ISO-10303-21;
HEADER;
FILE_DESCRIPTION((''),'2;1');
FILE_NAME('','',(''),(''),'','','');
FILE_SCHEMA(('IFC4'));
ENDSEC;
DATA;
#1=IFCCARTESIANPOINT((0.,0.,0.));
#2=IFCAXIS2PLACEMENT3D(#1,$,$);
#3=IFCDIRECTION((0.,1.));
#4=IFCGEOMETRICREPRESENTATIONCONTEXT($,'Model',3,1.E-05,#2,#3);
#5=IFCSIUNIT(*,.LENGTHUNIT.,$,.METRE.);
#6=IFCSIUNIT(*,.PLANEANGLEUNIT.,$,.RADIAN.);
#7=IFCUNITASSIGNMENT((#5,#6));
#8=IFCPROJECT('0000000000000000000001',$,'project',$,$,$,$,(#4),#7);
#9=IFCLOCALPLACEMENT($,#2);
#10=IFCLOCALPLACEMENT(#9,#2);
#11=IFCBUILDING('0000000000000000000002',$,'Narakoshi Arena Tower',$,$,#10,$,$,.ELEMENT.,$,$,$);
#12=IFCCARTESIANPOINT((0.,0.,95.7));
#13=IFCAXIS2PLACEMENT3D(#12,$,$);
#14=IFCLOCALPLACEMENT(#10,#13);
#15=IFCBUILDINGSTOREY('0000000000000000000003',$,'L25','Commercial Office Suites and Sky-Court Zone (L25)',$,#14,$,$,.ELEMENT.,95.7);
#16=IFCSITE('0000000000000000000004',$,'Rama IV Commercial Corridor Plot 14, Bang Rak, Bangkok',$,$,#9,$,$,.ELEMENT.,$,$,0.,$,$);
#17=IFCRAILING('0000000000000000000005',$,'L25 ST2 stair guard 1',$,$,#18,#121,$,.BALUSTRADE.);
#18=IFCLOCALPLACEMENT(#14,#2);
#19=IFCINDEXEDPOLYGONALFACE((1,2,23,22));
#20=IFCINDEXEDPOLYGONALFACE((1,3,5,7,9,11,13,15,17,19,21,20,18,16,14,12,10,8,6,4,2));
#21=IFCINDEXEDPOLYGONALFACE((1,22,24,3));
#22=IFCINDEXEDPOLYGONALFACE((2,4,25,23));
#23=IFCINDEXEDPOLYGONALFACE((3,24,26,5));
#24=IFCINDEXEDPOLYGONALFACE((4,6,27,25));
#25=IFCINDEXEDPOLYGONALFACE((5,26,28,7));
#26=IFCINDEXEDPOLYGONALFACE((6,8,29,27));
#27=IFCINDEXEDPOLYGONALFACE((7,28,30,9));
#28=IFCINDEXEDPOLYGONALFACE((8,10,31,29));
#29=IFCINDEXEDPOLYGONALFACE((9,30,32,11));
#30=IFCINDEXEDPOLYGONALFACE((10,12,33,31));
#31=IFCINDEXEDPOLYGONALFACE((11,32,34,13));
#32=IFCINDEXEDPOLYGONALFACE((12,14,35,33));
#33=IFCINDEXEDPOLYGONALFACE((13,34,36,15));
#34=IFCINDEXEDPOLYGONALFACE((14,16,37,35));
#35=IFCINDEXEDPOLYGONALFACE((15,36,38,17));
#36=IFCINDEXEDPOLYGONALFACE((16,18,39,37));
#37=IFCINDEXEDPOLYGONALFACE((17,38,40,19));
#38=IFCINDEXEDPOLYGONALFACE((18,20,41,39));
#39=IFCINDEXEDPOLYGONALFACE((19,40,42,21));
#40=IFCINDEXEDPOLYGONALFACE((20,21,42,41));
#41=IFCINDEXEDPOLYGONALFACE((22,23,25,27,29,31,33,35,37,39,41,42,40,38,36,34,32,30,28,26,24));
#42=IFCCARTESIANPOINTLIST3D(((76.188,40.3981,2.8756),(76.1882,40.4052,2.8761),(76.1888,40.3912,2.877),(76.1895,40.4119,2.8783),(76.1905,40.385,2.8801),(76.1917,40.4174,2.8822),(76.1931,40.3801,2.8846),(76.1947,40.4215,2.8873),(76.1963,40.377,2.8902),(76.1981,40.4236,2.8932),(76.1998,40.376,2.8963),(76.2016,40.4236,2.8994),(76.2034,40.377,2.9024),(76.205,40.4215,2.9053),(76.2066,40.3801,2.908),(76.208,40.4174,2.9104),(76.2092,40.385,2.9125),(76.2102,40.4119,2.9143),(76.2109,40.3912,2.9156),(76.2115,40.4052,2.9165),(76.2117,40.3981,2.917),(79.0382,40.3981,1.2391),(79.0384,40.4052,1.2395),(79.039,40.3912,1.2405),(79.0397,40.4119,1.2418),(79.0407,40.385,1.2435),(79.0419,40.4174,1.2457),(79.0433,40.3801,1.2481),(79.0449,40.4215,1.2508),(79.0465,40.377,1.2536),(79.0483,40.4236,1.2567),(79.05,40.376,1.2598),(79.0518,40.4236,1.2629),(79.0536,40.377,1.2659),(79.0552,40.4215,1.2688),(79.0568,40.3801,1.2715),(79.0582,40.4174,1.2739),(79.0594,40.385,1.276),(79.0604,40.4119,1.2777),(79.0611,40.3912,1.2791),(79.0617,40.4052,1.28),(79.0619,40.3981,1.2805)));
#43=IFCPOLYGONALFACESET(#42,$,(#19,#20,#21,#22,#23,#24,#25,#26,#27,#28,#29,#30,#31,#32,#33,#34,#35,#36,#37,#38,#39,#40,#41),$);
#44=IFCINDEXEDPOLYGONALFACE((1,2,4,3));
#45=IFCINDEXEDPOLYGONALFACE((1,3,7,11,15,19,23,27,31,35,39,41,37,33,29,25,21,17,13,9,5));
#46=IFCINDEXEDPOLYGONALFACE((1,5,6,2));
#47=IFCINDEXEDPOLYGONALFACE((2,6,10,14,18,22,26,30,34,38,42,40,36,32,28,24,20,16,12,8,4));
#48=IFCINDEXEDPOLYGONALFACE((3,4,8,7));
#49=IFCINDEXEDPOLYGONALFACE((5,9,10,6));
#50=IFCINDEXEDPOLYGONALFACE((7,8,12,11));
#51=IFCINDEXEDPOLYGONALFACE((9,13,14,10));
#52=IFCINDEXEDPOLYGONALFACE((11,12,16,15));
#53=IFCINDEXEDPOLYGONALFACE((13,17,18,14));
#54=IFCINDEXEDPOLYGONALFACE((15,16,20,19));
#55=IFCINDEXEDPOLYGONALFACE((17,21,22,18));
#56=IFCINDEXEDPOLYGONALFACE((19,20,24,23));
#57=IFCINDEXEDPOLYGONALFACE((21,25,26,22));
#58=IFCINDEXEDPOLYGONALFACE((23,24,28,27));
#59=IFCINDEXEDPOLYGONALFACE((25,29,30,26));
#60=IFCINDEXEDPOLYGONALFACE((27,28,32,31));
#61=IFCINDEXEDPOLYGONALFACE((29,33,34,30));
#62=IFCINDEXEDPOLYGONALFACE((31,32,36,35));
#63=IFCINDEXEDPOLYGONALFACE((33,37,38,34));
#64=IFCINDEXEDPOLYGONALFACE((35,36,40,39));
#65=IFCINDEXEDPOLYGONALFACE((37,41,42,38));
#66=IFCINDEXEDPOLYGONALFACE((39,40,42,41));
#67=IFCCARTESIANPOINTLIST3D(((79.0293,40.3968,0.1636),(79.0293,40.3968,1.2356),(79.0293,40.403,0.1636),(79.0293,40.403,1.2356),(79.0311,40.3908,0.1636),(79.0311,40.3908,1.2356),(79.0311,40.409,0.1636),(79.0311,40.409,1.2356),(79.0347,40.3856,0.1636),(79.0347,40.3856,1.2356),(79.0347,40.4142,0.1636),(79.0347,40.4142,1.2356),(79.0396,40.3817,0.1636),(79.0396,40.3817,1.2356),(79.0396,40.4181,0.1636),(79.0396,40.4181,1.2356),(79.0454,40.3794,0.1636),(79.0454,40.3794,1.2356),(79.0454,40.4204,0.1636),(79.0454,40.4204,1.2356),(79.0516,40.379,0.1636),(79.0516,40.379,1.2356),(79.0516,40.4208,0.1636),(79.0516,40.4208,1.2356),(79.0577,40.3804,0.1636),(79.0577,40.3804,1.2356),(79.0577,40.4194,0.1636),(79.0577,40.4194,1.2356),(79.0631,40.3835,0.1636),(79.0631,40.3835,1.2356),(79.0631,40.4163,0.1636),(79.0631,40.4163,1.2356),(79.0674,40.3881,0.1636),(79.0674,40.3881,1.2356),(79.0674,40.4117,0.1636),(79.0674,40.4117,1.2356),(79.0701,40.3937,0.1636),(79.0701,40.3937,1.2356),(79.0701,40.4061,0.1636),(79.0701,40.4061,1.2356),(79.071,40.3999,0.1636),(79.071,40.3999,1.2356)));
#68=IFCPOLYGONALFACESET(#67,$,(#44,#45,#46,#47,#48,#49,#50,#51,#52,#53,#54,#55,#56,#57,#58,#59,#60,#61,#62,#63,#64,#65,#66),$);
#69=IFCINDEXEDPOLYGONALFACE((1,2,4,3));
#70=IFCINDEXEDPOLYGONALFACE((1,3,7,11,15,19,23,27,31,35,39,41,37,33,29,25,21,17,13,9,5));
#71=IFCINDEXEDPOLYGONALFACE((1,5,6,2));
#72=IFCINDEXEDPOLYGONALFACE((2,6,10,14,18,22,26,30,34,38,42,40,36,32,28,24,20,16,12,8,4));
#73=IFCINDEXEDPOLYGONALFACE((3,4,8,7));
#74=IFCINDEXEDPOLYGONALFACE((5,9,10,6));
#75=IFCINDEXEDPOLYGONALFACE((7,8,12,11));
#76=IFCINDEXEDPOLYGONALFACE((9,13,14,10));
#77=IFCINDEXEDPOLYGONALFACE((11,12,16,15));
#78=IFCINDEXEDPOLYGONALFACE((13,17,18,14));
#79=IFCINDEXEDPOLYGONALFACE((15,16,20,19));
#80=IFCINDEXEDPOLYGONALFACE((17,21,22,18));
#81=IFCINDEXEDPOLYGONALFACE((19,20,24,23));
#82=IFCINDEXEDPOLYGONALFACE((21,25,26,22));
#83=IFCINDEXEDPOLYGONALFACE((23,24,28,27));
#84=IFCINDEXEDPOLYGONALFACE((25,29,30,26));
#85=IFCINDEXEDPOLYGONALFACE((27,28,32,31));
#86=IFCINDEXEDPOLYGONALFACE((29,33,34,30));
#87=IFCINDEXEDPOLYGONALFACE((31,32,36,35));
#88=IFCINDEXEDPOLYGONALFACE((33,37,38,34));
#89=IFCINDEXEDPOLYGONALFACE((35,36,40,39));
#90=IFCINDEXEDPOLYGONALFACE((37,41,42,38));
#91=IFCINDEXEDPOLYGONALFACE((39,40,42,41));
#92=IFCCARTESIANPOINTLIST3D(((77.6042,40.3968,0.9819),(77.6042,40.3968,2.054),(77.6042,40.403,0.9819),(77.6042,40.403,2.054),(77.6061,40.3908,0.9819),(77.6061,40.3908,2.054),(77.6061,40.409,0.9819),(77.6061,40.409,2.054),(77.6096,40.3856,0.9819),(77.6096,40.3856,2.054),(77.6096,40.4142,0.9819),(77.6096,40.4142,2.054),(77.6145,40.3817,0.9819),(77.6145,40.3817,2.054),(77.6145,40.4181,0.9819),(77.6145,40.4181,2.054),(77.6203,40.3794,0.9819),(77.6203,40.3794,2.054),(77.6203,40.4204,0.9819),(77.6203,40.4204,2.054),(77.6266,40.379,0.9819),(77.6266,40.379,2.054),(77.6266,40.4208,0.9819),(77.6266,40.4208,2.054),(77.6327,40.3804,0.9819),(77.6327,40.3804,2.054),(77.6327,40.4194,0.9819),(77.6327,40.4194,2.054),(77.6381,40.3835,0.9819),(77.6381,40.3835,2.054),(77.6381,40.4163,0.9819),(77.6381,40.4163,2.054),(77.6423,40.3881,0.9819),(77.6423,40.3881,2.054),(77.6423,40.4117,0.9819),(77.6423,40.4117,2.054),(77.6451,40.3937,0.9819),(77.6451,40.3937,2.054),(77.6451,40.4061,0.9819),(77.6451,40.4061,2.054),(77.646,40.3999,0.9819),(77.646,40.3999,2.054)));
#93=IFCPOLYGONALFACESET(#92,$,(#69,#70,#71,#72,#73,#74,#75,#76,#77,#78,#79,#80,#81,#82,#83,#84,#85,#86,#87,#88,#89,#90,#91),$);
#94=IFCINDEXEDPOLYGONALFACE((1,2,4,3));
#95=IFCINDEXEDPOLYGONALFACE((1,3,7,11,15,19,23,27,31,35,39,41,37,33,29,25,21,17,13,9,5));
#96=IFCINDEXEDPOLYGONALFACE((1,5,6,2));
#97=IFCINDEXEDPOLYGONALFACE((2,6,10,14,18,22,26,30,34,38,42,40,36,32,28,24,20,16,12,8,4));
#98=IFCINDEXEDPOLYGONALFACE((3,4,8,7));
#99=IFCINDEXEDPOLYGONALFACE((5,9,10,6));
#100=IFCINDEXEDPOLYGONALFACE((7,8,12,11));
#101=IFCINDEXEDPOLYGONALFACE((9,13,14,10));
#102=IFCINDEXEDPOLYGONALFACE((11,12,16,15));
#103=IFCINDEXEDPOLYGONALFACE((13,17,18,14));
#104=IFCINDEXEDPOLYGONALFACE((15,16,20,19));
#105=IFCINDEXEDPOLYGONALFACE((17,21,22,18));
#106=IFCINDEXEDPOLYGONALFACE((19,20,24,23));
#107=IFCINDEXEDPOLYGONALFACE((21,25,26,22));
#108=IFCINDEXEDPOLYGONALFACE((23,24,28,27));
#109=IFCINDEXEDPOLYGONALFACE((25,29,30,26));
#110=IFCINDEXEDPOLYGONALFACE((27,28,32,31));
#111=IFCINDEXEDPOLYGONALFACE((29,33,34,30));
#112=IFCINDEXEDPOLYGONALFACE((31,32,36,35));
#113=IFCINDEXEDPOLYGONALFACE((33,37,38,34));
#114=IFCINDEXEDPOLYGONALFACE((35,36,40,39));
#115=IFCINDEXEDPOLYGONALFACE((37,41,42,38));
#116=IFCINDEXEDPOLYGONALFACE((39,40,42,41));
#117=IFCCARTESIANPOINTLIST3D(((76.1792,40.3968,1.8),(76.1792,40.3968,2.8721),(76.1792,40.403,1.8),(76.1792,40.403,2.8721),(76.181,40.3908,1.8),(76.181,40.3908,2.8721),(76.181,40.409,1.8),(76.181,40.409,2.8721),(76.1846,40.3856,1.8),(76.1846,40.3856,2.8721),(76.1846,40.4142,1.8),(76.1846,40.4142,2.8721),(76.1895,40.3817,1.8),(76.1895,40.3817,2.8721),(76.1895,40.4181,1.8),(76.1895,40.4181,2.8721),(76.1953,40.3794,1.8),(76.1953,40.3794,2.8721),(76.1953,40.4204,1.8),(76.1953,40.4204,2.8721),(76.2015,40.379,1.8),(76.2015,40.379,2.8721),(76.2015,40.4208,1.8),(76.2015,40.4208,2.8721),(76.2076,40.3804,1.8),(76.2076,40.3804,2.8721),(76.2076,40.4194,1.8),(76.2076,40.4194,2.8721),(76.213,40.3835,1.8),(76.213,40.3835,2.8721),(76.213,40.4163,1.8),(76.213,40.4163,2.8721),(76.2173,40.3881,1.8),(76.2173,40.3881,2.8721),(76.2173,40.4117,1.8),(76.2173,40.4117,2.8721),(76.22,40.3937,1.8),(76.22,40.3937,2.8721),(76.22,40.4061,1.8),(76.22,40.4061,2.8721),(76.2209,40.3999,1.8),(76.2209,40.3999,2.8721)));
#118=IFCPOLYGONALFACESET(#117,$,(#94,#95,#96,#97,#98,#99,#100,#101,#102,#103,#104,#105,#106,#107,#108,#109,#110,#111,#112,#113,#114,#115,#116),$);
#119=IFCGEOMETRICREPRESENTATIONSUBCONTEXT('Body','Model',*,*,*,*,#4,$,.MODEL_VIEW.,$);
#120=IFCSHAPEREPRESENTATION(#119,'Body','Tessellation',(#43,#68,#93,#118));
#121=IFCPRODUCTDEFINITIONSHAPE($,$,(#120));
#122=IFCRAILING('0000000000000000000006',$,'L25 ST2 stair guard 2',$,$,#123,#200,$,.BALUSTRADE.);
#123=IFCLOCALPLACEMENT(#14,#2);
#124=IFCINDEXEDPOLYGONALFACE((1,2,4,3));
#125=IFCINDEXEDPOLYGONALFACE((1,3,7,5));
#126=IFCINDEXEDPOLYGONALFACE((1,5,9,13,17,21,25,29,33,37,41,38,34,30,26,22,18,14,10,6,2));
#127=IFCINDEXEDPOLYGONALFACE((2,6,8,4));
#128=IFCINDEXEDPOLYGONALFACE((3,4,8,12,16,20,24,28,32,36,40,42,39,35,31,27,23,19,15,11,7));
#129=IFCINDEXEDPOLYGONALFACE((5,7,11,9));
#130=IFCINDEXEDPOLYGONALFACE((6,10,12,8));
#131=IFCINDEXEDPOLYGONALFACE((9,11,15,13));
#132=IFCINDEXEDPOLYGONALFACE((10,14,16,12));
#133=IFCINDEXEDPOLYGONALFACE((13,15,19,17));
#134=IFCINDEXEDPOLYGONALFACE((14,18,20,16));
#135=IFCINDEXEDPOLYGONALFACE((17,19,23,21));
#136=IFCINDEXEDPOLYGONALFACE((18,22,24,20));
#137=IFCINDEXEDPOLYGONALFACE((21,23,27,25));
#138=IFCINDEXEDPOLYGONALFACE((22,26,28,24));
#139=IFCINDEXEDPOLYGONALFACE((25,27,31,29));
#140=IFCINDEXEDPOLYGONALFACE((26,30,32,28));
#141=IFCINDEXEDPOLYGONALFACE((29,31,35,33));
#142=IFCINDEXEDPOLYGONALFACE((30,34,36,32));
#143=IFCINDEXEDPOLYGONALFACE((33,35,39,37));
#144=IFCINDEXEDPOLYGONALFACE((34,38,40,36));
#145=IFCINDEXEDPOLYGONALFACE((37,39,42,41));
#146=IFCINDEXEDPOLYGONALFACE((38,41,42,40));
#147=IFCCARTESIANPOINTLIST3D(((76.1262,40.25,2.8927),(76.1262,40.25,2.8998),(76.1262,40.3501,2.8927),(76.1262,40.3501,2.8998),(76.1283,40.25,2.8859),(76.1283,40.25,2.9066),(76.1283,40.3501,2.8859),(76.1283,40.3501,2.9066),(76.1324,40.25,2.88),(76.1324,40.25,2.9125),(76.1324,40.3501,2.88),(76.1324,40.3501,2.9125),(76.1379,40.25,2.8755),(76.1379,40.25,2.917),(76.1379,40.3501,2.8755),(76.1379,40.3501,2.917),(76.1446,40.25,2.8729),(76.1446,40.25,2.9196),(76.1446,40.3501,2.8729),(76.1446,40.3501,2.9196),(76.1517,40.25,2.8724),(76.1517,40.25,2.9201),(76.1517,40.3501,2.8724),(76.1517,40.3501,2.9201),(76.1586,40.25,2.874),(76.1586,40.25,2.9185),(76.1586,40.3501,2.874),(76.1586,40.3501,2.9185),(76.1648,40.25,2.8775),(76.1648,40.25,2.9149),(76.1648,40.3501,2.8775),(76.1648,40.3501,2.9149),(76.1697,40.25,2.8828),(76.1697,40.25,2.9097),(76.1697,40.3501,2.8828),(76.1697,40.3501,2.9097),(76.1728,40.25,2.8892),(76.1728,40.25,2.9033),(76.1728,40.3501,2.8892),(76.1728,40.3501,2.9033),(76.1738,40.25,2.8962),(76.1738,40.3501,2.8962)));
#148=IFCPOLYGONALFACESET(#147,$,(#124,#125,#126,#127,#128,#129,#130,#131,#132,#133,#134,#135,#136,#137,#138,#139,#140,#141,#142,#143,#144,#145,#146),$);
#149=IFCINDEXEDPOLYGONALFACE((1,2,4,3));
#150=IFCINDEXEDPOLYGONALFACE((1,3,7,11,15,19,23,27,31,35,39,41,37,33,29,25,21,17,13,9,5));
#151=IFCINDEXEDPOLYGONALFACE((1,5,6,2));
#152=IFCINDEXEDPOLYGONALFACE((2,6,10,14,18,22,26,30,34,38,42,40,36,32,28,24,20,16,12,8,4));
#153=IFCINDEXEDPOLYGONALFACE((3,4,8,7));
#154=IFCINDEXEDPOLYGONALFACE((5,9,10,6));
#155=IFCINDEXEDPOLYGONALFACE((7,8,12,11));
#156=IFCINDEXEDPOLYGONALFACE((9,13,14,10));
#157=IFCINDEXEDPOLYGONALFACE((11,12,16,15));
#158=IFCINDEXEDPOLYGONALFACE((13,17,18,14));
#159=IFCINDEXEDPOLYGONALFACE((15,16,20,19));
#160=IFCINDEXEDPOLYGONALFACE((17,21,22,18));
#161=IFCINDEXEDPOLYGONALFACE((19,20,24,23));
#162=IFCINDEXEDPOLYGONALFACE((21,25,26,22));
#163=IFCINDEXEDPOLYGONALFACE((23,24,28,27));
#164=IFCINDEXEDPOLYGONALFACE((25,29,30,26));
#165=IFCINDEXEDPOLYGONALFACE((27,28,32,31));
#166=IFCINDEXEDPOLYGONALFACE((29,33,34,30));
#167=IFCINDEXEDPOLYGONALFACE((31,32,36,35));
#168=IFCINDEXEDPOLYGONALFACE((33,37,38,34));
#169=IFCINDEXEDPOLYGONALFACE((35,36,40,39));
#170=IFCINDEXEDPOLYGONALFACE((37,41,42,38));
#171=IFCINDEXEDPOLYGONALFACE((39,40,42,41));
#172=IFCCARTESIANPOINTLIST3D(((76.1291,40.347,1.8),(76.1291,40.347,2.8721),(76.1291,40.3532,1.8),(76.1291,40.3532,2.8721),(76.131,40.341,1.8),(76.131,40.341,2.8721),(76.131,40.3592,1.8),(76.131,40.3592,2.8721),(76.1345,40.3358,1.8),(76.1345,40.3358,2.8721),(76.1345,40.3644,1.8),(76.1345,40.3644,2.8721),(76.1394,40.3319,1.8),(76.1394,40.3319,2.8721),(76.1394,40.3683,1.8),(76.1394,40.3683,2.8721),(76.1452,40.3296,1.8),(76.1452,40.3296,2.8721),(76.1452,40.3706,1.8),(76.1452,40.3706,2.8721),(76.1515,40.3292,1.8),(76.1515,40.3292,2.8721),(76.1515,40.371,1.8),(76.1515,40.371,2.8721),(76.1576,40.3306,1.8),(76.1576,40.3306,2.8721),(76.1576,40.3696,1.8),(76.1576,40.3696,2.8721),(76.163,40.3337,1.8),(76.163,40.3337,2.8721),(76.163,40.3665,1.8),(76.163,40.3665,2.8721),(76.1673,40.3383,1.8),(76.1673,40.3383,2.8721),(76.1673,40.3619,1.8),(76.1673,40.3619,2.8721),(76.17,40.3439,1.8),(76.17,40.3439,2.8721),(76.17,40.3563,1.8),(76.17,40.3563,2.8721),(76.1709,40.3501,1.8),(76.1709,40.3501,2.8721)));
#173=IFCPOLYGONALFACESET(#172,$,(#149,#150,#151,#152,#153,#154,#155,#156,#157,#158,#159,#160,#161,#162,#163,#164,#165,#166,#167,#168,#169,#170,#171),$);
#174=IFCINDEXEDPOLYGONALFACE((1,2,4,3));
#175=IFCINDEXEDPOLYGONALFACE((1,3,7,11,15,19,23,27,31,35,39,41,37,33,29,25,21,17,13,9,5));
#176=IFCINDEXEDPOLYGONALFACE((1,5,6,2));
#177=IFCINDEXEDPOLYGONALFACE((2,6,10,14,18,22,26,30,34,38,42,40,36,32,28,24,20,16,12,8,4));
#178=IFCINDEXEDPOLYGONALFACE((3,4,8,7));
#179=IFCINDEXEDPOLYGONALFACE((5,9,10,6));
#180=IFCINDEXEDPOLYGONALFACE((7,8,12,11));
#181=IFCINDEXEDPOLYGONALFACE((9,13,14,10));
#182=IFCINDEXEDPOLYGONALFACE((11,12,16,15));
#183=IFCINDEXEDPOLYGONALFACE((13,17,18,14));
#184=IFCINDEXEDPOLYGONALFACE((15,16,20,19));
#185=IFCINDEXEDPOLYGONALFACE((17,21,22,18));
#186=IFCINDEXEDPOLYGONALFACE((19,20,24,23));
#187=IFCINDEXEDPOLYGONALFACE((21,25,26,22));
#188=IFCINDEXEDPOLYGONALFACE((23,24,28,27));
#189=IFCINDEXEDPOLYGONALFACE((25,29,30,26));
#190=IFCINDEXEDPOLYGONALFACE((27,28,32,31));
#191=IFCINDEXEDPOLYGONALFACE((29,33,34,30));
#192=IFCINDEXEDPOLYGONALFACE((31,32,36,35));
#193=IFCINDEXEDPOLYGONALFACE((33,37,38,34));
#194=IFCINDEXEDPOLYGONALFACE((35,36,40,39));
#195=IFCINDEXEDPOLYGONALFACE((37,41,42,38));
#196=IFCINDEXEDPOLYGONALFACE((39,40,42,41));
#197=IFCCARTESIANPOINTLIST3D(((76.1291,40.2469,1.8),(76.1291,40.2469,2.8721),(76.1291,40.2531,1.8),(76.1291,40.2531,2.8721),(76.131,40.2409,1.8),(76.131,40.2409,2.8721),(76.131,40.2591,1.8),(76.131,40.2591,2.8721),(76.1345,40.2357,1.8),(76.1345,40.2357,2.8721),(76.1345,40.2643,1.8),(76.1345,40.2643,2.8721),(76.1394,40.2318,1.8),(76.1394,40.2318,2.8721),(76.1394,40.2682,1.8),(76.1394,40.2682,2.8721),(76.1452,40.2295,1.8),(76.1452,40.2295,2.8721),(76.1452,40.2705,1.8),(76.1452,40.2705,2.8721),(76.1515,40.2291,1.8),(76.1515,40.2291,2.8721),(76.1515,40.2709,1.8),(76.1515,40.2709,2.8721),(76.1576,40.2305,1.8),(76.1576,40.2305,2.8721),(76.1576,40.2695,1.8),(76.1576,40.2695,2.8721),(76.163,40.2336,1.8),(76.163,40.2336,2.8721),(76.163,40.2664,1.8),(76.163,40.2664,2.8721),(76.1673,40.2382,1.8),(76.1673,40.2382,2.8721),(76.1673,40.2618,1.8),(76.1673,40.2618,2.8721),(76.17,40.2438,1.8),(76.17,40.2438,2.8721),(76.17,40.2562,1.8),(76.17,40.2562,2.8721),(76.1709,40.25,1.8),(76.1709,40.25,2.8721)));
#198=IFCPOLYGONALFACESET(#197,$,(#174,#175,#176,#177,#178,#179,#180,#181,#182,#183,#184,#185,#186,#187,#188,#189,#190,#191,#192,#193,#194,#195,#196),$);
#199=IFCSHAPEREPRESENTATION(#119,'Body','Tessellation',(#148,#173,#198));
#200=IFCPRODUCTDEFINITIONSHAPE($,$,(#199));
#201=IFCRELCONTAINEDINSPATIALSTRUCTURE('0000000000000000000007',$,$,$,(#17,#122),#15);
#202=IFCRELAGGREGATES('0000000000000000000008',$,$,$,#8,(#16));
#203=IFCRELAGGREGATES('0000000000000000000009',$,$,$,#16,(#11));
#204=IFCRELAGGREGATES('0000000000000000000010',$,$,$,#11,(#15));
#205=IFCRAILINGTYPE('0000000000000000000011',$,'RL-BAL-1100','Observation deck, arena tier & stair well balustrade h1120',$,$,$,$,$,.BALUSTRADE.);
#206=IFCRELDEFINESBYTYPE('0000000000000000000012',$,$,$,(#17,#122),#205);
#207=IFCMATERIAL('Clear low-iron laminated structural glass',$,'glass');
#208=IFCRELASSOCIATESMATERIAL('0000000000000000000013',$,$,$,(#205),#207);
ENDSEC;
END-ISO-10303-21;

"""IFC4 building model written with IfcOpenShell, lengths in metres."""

from ifc_helpers import new_model, si_unit, direction, frame, origin, origin_2d, place, context, subcontext, project, spatial, circle, extrude, material, type_object, element, save


model = new_model("IFC4")

# Units and contexts
model_context = context("Model", 3, precision=1e-05, world=origin(), true_north=direction((0.0, 1.0)))
body_context = subcontext(model_context, "Body", "Model", "MODEL_VIEW")
ifc_project = project(units=[si_unit("LENGTHUNIT", "METRE"), si_unit("PLANEANGLEUNIT", "RADIAN")], contexts=[model_context])

# Site, building, storey
site_placement = place(None, origin())
site = spatial("IfcSite", under=ifc_project, at=site_placement, Name="Rama IV Commercial Corridor Plot 14, Bang Rak, Bangkok", CompositionType="ELEMENT", RefElevation=0.0)
building_placement = place(site_placement, origin())
building = spatial("IfcBuilding", under=site, at=building_placement, Name="Narakoshi Arena Tower", CompositionType="ELEMENT")
storey_placement = place(building_placement, frame((0.0, 0.0, 95.7)))
storey = spatial("IfcBuildingStorey", under=building, at=storey_placement, Name="L25", Description="Commercial Office Suites and Sky-Court Zone (L25)", CompositionType="ELEMENT", Elevation=95.7)

# Railings
ifc_material_1 = material(Name="Clear low-iron laminated structural glass", Category="glass")
railing_type_1 = type_object("IfcRailingType", Name="RL-BAL-1100", Description="Observation deck, arena tier & stair well balustrade h1120", PredefinedType="BALUSTRADE", material=ifc_material_1)
railing_1_placement = place(storey_placement, frame((79.05, 40.3999, 0.1636)))
element("IfcRailing", 1, at=railing_1_placement, inside=storey, type_object=railing_type_1, Name="L25 ST2 stair guard 1", PredefinedType="BALUSTRADE", context=body_context, shape_type="SweptSolid", body=[
    extrude(circle(Radius=0.0239, at=origin_2d()), frame((0.0, 0.0, 1.0962), z_axis=(-0.867213, 0.0, 0.497938), x_axis=(0.0, -1.0, 0.0)), (0.0, 0.0, 1.0), 3.2866),
    extrude(circle(Radius=0.021, at=origin_2d()), origin(), (0.0, 0.0, 1.0), 1.072),
    extrude(circle(Radius=0.021, at=origin_2d()), frame((-1.425, 0.0, 0.8184)), (0.0, 0.0, 1.0), 1.072),
    extrude(circle(Radius=0.021, at=origin_2d()), frame((-2.8501, 0.0, 1.6365)), (0.0, 0.0, 1.0), 1.072),
])
railing_2_placement = place(storey_placement, frame((76.1499, 40.3501, 1.8)))
element("IfcRailing", 2, at=railing_2_placement, inside=storey, type_object=railing_type_1, Name="L25 ST2 stair guard 2", PredefinedType="BALUSTRADE", context=body_context, shape_type="SweptSolid", body=[
    extrude(circle(Radius=0.0239, at=origin_2d()), frame((0.0, 0.0, 1.0962), z_axis=(0.0, -1.0, 0.0), x_axis=(1.0, 0.0, 0.0)), (0.0, 0.0, 1.0), 0.1001),
    extrude(circle(Radius=0.021, at=origin_2d()), origin(), (0.0, 0.0, 1.0), 1.072),
    extrude(circle(Radius=0.021, at=origin_2d()), frame((0.0, -0.1001, 0.0)), (0.0, 0.0, 1.0), 1.072),
])

save(model, "model.ifc")
